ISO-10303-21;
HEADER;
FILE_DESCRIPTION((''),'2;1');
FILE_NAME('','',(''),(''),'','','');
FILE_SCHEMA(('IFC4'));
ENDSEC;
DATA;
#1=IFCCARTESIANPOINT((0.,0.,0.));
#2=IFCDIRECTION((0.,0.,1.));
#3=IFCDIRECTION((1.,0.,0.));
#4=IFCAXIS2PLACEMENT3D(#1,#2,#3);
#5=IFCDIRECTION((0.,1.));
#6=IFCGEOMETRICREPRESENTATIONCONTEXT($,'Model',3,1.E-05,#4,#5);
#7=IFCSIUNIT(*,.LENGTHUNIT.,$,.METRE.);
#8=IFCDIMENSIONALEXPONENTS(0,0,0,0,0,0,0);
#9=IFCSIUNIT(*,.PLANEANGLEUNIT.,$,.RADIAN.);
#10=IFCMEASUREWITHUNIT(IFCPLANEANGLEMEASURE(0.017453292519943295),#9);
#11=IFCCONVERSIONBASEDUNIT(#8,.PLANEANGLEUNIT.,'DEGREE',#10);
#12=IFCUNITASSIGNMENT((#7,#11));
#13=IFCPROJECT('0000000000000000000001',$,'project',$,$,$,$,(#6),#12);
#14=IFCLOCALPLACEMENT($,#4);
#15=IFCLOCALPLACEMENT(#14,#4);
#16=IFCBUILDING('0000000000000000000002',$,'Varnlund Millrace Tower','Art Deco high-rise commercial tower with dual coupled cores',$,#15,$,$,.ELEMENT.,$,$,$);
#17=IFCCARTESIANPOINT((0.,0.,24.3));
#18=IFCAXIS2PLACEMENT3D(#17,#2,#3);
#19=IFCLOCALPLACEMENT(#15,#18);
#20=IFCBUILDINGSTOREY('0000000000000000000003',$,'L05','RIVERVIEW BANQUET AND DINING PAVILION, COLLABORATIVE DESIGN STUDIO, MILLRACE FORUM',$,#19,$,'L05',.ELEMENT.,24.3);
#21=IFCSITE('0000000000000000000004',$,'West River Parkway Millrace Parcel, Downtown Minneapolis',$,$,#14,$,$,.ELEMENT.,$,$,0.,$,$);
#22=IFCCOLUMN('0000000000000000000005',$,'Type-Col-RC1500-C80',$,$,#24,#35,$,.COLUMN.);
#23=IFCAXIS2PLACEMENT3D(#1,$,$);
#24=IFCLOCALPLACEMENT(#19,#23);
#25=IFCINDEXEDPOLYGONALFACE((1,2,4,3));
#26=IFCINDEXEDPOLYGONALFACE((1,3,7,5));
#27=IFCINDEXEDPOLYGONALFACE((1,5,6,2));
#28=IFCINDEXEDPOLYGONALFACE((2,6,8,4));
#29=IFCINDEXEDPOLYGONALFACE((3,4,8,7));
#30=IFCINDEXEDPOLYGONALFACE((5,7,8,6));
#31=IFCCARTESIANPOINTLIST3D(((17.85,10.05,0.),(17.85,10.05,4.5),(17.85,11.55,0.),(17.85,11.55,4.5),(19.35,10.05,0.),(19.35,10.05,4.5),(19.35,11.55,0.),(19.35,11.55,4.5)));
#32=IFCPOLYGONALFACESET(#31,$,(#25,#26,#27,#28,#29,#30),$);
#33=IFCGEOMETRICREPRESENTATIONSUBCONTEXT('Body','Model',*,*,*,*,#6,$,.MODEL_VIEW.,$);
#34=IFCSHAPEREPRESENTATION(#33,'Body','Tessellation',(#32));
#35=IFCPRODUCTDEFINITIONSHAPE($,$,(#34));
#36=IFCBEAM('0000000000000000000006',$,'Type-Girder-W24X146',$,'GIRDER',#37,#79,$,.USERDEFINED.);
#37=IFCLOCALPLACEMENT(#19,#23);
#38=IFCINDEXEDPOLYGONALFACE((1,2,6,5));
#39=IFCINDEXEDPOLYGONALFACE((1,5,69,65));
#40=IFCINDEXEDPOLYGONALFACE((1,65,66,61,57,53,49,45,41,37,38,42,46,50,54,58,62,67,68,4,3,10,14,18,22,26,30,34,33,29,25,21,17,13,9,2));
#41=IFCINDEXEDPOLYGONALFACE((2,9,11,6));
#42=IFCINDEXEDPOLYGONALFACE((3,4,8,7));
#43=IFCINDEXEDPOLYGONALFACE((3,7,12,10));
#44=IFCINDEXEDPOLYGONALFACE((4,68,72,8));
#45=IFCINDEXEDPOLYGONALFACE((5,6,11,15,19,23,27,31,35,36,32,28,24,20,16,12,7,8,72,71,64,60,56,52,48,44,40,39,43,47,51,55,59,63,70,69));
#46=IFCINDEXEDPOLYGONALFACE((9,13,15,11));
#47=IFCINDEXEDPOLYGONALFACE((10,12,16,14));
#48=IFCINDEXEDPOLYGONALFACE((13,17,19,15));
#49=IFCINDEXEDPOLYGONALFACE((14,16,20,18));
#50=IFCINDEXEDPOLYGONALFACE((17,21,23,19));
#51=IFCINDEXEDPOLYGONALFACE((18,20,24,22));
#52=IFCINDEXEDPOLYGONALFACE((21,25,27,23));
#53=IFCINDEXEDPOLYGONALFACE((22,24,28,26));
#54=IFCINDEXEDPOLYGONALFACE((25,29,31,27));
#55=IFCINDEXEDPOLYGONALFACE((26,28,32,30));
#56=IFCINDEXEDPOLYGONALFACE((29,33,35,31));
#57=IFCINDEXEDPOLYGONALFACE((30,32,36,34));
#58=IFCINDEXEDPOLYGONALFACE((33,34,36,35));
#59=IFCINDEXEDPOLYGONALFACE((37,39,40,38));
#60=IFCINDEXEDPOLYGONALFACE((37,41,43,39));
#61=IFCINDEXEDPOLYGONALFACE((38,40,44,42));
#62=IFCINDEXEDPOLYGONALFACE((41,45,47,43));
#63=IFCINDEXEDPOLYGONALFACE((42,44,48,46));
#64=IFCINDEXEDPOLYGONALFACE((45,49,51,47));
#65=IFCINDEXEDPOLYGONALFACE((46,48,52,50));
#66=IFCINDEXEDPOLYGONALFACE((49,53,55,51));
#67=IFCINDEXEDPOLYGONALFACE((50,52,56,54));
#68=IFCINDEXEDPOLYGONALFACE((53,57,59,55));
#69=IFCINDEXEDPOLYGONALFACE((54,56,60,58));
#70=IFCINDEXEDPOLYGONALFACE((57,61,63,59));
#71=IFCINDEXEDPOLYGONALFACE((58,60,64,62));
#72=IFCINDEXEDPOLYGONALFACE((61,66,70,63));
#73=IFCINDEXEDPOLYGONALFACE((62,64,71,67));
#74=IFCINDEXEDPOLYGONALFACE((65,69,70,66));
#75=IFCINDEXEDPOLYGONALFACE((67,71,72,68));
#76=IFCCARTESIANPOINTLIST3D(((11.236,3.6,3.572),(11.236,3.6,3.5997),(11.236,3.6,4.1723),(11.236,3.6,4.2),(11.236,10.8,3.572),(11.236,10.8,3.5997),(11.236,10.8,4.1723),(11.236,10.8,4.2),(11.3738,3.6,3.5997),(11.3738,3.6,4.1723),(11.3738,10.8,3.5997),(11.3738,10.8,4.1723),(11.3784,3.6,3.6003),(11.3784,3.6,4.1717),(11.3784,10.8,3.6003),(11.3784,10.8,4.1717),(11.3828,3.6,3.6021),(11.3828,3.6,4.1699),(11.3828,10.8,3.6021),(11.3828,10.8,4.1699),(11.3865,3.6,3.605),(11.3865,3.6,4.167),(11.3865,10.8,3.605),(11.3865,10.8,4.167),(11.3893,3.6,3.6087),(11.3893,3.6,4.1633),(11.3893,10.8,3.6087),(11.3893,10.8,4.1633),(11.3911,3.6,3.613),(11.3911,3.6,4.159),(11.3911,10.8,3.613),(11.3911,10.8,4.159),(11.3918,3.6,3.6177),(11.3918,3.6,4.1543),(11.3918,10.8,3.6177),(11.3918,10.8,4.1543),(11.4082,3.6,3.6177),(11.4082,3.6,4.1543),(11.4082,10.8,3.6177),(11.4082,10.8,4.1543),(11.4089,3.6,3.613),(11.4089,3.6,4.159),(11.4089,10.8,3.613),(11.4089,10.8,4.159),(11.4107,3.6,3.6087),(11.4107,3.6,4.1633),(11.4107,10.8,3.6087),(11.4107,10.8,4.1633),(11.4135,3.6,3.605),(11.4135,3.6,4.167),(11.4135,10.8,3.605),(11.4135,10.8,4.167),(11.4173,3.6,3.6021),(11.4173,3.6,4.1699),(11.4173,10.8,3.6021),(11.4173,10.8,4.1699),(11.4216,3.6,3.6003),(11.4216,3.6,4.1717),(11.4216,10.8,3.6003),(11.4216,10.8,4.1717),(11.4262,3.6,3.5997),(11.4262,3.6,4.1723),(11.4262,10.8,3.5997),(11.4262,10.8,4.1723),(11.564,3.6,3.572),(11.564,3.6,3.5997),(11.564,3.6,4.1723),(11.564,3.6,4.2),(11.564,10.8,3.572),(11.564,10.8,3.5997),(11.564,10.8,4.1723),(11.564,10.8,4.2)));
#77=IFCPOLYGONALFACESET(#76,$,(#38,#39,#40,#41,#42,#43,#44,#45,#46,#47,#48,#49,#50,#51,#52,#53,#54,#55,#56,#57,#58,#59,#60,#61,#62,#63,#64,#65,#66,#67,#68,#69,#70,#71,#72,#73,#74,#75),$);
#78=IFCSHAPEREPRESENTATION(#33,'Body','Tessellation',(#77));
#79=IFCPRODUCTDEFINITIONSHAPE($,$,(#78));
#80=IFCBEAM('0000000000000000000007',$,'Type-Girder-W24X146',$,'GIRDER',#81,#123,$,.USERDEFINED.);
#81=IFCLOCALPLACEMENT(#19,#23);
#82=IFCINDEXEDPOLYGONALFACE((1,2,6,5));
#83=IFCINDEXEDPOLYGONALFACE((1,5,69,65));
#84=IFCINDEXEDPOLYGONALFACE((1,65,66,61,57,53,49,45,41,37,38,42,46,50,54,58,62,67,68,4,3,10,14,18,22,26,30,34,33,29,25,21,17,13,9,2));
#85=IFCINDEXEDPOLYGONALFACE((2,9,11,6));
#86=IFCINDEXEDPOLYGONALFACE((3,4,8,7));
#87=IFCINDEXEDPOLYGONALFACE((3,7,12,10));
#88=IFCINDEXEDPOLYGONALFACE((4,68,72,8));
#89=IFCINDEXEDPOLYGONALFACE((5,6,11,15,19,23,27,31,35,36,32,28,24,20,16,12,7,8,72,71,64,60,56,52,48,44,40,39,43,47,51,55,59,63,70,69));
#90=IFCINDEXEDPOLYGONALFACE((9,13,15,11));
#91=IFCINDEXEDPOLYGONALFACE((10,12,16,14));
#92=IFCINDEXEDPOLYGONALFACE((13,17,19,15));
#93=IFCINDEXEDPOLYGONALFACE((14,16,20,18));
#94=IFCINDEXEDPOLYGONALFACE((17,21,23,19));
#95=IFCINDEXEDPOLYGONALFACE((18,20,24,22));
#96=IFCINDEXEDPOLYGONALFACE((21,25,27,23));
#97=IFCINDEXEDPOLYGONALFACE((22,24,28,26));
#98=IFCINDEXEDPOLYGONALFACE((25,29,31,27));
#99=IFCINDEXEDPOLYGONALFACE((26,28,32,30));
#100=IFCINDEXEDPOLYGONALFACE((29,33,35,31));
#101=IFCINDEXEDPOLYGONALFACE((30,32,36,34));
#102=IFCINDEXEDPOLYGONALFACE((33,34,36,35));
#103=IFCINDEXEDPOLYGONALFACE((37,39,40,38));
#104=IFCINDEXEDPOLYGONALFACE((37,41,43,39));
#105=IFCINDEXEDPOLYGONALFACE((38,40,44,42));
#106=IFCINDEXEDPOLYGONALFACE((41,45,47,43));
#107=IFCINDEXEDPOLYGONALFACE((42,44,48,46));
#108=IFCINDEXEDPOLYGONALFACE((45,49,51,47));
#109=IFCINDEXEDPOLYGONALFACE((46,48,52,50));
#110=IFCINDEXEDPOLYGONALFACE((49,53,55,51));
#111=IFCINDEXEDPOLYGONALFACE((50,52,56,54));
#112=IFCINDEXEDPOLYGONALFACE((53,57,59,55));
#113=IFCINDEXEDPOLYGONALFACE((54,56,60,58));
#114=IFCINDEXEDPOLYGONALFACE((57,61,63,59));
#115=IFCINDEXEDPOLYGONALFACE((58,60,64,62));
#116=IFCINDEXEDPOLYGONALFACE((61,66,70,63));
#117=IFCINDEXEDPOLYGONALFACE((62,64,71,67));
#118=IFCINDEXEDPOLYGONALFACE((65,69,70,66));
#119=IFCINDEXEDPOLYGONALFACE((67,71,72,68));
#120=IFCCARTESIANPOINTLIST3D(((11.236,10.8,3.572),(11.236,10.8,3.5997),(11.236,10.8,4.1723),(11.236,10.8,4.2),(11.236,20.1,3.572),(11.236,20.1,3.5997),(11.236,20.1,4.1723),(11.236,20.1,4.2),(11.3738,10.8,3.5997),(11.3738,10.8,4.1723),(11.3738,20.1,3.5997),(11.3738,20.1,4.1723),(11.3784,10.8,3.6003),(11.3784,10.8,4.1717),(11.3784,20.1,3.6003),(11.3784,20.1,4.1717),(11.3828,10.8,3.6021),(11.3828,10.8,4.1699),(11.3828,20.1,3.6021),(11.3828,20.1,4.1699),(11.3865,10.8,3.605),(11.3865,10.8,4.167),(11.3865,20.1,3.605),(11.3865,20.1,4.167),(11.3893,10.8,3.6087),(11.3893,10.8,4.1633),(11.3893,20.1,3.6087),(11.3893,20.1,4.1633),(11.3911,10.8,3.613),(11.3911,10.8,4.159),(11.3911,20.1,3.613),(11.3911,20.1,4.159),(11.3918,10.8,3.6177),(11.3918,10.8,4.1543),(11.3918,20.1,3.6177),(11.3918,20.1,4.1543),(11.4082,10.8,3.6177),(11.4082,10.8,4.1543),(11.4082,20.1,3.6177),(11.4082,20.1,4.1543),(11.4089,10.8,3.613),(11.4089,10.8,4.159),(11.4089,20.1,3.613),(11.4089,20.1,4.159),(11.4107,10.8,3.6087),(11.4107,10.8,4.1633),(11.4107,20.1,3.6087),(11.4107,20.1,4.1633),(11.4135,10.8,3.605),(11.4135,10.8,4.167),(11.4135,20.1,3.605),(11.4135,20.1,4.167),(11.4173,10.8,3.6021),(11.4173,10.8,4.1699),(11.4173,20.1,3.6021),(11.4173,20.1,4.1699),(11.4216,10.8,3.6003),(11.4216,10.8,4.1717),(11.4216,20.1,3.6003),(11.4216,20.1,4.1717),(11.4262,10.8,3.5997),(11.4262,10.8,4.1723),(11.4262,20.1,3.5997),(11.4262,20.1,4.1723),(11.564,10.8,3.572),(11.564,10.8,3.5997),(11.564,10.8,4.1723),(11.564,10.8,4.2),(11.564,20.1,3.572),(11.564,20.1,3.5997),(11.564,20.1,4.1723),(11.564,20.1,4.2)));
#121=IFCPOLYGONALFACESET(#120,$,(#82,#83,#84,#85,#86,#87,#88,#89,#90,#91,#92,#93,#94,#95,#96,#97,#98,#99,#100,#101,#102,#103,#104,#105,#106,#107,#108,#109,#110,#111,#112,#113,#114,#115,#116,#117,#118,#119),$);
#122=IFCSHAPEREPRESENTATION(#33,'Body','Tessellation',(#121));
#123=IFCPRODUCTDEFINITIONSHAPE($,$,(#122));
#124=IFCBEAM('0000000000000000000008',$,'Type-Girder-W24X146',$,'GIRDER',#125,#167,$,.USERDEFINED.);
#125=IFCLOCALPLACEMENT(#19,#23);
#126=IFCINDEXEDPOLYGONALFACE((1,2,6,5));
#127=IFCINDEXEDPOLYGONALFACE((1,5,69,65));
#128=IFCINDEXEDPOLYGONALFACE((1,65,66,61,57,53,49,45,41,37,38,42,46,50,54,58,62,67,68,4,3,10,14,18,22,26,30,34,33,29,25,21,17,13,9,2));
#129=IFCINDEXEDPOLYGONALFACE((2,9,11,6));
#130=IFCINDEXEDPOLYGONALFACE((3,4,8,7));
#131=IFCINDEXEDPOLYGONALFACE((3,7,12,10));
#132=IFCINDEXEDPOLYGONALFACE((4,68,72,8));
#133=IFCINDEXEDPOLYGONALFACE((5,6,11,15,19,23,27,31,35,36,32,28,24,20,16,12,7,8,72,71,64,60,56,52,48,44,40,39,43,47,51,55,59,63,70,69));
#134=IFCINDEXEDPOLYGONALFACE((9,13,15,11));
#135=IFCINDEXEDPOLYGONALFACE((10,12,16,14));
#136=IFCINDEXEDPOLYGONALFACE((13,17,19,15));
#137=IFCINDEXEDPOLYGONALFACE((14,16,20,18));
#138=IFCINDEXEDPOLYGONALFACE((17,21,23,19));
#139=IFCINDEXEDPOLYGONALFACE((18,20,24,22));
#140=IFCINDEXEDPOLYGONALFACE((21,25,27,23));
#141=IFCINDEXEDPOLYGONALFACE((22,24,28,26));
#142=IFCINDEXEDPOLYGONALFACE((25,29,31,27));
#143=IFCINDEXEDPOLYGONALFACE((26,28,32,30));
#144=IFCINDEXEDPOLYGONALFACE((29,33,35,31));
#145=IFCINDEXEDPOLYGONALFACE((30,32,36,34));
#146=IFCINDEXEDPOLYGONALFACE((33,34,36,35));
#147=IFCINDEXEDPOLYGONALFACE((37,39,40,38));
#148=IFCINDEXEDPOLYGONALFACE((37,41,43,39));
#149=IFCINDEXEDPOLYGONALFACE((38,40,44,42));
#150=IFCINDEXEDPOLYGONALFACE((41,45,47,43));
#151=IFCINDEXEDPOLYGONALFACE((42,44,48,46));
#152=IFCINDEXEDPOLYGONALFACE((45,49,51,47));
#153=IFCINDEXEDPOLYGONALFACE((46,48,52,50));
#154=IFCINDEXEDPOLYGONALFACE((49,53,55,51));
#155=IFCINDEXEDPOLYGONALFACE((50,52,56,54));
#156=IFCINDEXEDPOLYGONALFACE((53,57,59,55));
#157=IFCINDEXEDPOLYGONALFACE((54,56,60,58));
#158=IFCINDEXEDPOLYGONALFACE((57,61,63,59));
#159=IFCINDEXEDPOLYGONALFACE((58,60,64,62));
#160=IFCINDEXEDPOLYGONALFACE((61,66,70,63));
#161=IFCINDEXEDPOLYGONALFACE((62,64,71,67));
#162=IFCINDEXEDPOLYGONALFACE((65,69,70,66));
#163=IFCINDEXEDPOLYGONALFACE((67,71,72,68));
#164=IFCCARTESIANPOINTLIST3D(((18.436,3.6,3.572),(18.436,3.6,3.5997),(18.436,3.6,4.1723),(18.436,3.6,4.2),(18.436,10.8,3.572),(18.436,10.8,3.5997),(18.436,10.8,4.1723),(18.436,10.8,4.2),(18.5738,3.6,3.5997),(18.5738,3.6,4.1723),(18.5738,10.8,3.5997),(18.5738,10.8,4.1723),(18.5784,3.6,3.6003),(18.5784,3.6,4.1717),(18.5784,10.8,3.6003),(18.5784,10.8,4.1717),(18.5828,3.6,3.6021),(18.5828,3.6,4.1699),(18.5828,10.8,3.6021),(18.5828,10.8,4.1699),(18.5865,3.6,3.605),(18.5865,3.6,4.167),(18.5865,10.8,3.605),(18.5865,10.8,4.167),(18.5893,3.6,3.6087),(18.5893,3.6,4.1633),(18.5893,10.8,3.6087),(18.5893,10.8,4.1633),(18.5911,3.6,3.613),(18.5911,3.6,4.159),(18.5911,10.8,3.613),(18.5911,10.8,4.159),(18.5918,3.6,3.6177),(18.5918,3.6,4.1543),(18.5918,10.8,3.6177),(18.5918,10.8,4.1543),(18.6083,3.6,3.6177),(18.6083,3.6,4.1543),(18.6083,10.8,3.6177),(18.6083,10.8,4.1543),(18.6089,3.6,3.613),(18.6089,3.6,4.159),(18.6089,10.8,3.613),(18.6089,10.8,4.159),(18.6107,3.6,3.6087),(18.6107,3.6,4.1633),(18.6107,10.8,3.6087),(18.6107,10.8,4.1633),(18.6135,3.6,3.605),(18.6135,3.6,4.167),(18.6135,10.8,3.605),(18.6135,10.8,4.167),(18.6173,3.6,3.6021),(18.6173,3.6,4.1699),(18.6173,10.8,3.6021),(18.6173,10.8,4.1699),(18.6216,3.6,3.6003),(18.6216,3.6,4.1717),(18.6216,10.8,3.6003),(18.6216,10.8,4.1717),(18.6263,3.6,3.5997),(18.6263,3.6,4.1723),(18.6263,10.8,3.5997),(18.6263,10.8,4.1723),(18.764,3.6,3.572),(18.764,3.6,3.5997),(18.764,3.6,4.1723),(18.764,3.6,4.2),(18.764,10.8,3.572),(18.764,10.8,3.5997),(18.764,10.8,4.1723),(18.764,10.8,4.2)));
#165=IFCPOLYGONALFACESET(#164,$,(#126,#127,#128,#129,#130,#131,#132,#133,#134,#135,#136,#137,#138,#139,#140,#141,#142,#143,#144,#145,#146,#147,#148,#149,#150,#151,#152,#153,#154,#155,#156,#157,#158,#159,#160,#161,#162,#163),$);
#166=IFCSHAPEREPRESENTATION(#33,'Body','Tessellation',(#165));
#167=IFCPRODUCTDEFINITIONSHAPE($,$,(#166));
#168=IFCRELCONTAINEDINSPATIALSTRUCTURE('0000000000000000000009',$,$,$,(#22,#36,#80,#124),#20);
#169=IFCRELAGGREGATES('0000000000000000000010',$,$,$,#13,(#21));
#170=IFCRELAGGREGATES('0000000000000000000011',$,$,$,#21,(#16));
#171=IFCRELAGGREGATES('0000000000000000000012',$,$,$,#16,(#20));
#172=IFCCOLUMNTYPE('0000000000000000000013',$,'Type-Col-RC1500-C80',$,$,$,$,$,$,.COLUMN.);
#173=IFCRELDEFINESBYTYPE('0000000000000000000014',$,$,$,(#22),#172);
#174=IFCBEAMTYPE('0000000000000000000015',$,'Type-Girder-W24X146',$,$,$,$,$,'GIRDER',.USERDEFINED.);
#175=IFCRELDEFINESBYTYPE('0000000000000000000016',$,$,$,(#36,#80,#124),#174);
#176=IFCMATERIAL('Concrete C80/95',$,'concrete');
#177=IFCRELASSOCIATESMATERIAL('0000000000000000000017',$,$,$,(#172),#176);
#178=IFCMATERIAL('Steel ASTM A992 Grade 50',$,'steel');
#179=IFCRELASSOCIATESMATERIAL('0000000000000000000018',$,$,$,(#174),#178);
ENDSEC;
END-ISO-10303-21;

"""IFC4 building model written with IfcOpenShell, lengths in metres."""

from ifc_helpers import new_model, entity, si_unit, converted_unit, direction, frame, origin_with_axes, origin_2d_with_axis, place, context, subcontext, project, spatial, rectangle, i_section, extrude, material, material_profile, profile_set, type_object, element, save


model = new_model("IFC4")

# Units and contexts
model_context = context("Model", 3, precision=1e-05, world=origin_with_axes(), true_north=direction((0.0, 1.0)))
body_context = subcontext(model_context, "Body", "Model", "MODEL_VIEW")
ifc_project = project(units=[si_unit("LENGTHUNIT", "METRE"), converted_unit("PLANEANGLEUNIT", "DEGREE", entity("IfcPlaneAngleMeasure", 0.017453292519943295), si_unit("PLANEANGLEUNIT", "RADIAN"), dimensions=[0, 0, 0, 0, 0, 0, 0])], contexts=[model_context])

# Site, building, storey
site_placement = place(None, origin_with_axes())
site = spatial("IfcSite", under=ifc_project, at=site_placement, Name="West River Parkway Millrace Parcel, Downtown Minneapolis", CompositionType="ELEMENT", RefElevation=0.0)
building_placement = place(site_placement, origin_with_axes())
building = spatial("IfcBuilding", under=site, at=building_placement, Name="Varnlund Millrace Tower", Description="Art Deco high-rise commercial tower with dual coupled cores", CompositionType="ELEMENT")
storey_placement = place(building_placement, frame((0.0, 0.0, 24.3), z_axis=(0.0, 0.0, 1.0), x_axis=(1.0, 0.0, 0.0)))
storey = spatial("IfcBuildingStorey", under=building, at=storey_placement, Name="L05", Description="RIVERVIEW BANQUET AND DINING PAVILION, COLLABORATIVE DESIGN STUDIO, MILLRACE FORUM", LongName="L05", CompositionType="ELEMENT", Elevation=24.3)

# Column
ifc_material_1 = material(Name="Concrete C80/95", Category="concrete")
ifc_material_profile_1 = material_profile(ifc_material_1, rectangle(XDim=1.5, YDim=1.5, at=origin_2d_with_axis()), Name="Concrete C80/95")
ifc_profile_set_1 = profile_set([ifc_material_profile_1], Name="Concrete C80/95")
column_type = type_object("IfcColumnType", Name="Type-Col-RC1500-C80", PredefinedType="COLUMN", material=ifc_profile_set_1)
column_placement = place(storey_placement, frame((18.6, 10.8, 0.0), z_axis=(0.0, 0.0, 1.0), x_axis=(1.0, 0.0, 0.0)))
element("IfcColumn", 1, at=column_placement, inside=storey, type_object=column_type, Name="Type-Col-RC1500-C80", PredefinedType="COLUMN", context=body_context, shape_type="SweptSolid", body=[
    extrude(rectangle(XDim=1.5, YDim=1.5, at=origin_2d_with_axis()), origin_with_axes(), (0.0, 0.0, 1.0), 4.5),
])

# Beams
ifc_material_2 = material(Name="Steel ASTM A992 Grade 50", Category="steel")
ifc_material_profile_2 = material_profile(ifc_material_2, i_section(OverallWidth=0.328, OverallDepth=0.628, WebThickness=0.0165, FlangeThickness=0.0277, FilletRadius=0.018, at=origin_2d_with_axis()), Name="Steel ASTM A992 Grade 50")
ifc_profile_set_2 = profile_set([ifc_material_profile_2], Name="Steel ASTM A992 Grade 50")
beam_type_1 = type_object("IfcBeamType", Name="Type-Girder-W24X146", ElementType="GIRDER", PredefinedType="USERDEFINED", material=ifc_profile_set_2)
beam_1_placement = place(storey_placement, frame((11.4, 3.6, 3.886), z_axis=(0.0, 1.0, 0.0), x_axis=(-1.0, 0.0, 0.0)))
element("IfcBeam", 2, at=beam_1_placement, inside=storey, type_object=beam_type_1, Name="Type-Girder-W24X146", ObjectType="GIRDER", PredefinedType="USERDEFINED", context=body_context, shape_type="SweptSolid", body=[
    extrude(i_section(OverallWidth=0.328, OverallDepth=0.628, WebThickness=0.0165, FlangeThickness=0.0277, FilletRadius=0.018, at=origin_2d_with_axis()), origin_with_axes(), (0.0, 0.0, 1.0), 7.2),
])
beam_2_placement = place(storey_placement, frame((11.4, 10.8, 3.886), z_axis=(0.0, 1.0, 0.0), x_axis=(-1.0, 0.0, 0.0)))
element("IfcBeam", 3, at=beam_2_placement, inside=storey, type_object=beam_type_1, Name="Type-Girder-W24X146", ObjectType="GIRDER", PredefinedType="USERDEFINED", context=body_context, shape_type="SweptSolid", body=[
    extrude(i_section(OverallWidth=0.328, OverallDepth=0.628, WebThickness=0.0165, FlangeThickness=0.0277, FilletRadius=0.018, at=origin_2d_with_axis()), origin_with_axes(), (0.0, 0.0, 1.0), 9.3),
])
beam_3_placement = place(storey_placement, frame((18.6, 3.6, 3.886), z_axis=(0.0, 1.0, 0.0), x_axis=(-1.0, 0.0, 0.0)))
element("IfcBeam", 4, at=beam_3_placement, inside=storey, type_object=beam_type_1, Name="Type-Girder-W24X146", ObjectType="GIRDER", PredefinedType="USERDEFINED", context=body_context, shape_type="SweptSolid", body=[
    extrude(i_section(OverallWidth=0.328, OverallDepth=0.628, WebThickness=0.0165, FlangeThickness=0.0277, FilletRadius=0.018, at=origin_2d_with_axis()), origin_with_axes(), (0.0, 0.0, 1.0), 7.2),
])

save(model, "model.ifc")
